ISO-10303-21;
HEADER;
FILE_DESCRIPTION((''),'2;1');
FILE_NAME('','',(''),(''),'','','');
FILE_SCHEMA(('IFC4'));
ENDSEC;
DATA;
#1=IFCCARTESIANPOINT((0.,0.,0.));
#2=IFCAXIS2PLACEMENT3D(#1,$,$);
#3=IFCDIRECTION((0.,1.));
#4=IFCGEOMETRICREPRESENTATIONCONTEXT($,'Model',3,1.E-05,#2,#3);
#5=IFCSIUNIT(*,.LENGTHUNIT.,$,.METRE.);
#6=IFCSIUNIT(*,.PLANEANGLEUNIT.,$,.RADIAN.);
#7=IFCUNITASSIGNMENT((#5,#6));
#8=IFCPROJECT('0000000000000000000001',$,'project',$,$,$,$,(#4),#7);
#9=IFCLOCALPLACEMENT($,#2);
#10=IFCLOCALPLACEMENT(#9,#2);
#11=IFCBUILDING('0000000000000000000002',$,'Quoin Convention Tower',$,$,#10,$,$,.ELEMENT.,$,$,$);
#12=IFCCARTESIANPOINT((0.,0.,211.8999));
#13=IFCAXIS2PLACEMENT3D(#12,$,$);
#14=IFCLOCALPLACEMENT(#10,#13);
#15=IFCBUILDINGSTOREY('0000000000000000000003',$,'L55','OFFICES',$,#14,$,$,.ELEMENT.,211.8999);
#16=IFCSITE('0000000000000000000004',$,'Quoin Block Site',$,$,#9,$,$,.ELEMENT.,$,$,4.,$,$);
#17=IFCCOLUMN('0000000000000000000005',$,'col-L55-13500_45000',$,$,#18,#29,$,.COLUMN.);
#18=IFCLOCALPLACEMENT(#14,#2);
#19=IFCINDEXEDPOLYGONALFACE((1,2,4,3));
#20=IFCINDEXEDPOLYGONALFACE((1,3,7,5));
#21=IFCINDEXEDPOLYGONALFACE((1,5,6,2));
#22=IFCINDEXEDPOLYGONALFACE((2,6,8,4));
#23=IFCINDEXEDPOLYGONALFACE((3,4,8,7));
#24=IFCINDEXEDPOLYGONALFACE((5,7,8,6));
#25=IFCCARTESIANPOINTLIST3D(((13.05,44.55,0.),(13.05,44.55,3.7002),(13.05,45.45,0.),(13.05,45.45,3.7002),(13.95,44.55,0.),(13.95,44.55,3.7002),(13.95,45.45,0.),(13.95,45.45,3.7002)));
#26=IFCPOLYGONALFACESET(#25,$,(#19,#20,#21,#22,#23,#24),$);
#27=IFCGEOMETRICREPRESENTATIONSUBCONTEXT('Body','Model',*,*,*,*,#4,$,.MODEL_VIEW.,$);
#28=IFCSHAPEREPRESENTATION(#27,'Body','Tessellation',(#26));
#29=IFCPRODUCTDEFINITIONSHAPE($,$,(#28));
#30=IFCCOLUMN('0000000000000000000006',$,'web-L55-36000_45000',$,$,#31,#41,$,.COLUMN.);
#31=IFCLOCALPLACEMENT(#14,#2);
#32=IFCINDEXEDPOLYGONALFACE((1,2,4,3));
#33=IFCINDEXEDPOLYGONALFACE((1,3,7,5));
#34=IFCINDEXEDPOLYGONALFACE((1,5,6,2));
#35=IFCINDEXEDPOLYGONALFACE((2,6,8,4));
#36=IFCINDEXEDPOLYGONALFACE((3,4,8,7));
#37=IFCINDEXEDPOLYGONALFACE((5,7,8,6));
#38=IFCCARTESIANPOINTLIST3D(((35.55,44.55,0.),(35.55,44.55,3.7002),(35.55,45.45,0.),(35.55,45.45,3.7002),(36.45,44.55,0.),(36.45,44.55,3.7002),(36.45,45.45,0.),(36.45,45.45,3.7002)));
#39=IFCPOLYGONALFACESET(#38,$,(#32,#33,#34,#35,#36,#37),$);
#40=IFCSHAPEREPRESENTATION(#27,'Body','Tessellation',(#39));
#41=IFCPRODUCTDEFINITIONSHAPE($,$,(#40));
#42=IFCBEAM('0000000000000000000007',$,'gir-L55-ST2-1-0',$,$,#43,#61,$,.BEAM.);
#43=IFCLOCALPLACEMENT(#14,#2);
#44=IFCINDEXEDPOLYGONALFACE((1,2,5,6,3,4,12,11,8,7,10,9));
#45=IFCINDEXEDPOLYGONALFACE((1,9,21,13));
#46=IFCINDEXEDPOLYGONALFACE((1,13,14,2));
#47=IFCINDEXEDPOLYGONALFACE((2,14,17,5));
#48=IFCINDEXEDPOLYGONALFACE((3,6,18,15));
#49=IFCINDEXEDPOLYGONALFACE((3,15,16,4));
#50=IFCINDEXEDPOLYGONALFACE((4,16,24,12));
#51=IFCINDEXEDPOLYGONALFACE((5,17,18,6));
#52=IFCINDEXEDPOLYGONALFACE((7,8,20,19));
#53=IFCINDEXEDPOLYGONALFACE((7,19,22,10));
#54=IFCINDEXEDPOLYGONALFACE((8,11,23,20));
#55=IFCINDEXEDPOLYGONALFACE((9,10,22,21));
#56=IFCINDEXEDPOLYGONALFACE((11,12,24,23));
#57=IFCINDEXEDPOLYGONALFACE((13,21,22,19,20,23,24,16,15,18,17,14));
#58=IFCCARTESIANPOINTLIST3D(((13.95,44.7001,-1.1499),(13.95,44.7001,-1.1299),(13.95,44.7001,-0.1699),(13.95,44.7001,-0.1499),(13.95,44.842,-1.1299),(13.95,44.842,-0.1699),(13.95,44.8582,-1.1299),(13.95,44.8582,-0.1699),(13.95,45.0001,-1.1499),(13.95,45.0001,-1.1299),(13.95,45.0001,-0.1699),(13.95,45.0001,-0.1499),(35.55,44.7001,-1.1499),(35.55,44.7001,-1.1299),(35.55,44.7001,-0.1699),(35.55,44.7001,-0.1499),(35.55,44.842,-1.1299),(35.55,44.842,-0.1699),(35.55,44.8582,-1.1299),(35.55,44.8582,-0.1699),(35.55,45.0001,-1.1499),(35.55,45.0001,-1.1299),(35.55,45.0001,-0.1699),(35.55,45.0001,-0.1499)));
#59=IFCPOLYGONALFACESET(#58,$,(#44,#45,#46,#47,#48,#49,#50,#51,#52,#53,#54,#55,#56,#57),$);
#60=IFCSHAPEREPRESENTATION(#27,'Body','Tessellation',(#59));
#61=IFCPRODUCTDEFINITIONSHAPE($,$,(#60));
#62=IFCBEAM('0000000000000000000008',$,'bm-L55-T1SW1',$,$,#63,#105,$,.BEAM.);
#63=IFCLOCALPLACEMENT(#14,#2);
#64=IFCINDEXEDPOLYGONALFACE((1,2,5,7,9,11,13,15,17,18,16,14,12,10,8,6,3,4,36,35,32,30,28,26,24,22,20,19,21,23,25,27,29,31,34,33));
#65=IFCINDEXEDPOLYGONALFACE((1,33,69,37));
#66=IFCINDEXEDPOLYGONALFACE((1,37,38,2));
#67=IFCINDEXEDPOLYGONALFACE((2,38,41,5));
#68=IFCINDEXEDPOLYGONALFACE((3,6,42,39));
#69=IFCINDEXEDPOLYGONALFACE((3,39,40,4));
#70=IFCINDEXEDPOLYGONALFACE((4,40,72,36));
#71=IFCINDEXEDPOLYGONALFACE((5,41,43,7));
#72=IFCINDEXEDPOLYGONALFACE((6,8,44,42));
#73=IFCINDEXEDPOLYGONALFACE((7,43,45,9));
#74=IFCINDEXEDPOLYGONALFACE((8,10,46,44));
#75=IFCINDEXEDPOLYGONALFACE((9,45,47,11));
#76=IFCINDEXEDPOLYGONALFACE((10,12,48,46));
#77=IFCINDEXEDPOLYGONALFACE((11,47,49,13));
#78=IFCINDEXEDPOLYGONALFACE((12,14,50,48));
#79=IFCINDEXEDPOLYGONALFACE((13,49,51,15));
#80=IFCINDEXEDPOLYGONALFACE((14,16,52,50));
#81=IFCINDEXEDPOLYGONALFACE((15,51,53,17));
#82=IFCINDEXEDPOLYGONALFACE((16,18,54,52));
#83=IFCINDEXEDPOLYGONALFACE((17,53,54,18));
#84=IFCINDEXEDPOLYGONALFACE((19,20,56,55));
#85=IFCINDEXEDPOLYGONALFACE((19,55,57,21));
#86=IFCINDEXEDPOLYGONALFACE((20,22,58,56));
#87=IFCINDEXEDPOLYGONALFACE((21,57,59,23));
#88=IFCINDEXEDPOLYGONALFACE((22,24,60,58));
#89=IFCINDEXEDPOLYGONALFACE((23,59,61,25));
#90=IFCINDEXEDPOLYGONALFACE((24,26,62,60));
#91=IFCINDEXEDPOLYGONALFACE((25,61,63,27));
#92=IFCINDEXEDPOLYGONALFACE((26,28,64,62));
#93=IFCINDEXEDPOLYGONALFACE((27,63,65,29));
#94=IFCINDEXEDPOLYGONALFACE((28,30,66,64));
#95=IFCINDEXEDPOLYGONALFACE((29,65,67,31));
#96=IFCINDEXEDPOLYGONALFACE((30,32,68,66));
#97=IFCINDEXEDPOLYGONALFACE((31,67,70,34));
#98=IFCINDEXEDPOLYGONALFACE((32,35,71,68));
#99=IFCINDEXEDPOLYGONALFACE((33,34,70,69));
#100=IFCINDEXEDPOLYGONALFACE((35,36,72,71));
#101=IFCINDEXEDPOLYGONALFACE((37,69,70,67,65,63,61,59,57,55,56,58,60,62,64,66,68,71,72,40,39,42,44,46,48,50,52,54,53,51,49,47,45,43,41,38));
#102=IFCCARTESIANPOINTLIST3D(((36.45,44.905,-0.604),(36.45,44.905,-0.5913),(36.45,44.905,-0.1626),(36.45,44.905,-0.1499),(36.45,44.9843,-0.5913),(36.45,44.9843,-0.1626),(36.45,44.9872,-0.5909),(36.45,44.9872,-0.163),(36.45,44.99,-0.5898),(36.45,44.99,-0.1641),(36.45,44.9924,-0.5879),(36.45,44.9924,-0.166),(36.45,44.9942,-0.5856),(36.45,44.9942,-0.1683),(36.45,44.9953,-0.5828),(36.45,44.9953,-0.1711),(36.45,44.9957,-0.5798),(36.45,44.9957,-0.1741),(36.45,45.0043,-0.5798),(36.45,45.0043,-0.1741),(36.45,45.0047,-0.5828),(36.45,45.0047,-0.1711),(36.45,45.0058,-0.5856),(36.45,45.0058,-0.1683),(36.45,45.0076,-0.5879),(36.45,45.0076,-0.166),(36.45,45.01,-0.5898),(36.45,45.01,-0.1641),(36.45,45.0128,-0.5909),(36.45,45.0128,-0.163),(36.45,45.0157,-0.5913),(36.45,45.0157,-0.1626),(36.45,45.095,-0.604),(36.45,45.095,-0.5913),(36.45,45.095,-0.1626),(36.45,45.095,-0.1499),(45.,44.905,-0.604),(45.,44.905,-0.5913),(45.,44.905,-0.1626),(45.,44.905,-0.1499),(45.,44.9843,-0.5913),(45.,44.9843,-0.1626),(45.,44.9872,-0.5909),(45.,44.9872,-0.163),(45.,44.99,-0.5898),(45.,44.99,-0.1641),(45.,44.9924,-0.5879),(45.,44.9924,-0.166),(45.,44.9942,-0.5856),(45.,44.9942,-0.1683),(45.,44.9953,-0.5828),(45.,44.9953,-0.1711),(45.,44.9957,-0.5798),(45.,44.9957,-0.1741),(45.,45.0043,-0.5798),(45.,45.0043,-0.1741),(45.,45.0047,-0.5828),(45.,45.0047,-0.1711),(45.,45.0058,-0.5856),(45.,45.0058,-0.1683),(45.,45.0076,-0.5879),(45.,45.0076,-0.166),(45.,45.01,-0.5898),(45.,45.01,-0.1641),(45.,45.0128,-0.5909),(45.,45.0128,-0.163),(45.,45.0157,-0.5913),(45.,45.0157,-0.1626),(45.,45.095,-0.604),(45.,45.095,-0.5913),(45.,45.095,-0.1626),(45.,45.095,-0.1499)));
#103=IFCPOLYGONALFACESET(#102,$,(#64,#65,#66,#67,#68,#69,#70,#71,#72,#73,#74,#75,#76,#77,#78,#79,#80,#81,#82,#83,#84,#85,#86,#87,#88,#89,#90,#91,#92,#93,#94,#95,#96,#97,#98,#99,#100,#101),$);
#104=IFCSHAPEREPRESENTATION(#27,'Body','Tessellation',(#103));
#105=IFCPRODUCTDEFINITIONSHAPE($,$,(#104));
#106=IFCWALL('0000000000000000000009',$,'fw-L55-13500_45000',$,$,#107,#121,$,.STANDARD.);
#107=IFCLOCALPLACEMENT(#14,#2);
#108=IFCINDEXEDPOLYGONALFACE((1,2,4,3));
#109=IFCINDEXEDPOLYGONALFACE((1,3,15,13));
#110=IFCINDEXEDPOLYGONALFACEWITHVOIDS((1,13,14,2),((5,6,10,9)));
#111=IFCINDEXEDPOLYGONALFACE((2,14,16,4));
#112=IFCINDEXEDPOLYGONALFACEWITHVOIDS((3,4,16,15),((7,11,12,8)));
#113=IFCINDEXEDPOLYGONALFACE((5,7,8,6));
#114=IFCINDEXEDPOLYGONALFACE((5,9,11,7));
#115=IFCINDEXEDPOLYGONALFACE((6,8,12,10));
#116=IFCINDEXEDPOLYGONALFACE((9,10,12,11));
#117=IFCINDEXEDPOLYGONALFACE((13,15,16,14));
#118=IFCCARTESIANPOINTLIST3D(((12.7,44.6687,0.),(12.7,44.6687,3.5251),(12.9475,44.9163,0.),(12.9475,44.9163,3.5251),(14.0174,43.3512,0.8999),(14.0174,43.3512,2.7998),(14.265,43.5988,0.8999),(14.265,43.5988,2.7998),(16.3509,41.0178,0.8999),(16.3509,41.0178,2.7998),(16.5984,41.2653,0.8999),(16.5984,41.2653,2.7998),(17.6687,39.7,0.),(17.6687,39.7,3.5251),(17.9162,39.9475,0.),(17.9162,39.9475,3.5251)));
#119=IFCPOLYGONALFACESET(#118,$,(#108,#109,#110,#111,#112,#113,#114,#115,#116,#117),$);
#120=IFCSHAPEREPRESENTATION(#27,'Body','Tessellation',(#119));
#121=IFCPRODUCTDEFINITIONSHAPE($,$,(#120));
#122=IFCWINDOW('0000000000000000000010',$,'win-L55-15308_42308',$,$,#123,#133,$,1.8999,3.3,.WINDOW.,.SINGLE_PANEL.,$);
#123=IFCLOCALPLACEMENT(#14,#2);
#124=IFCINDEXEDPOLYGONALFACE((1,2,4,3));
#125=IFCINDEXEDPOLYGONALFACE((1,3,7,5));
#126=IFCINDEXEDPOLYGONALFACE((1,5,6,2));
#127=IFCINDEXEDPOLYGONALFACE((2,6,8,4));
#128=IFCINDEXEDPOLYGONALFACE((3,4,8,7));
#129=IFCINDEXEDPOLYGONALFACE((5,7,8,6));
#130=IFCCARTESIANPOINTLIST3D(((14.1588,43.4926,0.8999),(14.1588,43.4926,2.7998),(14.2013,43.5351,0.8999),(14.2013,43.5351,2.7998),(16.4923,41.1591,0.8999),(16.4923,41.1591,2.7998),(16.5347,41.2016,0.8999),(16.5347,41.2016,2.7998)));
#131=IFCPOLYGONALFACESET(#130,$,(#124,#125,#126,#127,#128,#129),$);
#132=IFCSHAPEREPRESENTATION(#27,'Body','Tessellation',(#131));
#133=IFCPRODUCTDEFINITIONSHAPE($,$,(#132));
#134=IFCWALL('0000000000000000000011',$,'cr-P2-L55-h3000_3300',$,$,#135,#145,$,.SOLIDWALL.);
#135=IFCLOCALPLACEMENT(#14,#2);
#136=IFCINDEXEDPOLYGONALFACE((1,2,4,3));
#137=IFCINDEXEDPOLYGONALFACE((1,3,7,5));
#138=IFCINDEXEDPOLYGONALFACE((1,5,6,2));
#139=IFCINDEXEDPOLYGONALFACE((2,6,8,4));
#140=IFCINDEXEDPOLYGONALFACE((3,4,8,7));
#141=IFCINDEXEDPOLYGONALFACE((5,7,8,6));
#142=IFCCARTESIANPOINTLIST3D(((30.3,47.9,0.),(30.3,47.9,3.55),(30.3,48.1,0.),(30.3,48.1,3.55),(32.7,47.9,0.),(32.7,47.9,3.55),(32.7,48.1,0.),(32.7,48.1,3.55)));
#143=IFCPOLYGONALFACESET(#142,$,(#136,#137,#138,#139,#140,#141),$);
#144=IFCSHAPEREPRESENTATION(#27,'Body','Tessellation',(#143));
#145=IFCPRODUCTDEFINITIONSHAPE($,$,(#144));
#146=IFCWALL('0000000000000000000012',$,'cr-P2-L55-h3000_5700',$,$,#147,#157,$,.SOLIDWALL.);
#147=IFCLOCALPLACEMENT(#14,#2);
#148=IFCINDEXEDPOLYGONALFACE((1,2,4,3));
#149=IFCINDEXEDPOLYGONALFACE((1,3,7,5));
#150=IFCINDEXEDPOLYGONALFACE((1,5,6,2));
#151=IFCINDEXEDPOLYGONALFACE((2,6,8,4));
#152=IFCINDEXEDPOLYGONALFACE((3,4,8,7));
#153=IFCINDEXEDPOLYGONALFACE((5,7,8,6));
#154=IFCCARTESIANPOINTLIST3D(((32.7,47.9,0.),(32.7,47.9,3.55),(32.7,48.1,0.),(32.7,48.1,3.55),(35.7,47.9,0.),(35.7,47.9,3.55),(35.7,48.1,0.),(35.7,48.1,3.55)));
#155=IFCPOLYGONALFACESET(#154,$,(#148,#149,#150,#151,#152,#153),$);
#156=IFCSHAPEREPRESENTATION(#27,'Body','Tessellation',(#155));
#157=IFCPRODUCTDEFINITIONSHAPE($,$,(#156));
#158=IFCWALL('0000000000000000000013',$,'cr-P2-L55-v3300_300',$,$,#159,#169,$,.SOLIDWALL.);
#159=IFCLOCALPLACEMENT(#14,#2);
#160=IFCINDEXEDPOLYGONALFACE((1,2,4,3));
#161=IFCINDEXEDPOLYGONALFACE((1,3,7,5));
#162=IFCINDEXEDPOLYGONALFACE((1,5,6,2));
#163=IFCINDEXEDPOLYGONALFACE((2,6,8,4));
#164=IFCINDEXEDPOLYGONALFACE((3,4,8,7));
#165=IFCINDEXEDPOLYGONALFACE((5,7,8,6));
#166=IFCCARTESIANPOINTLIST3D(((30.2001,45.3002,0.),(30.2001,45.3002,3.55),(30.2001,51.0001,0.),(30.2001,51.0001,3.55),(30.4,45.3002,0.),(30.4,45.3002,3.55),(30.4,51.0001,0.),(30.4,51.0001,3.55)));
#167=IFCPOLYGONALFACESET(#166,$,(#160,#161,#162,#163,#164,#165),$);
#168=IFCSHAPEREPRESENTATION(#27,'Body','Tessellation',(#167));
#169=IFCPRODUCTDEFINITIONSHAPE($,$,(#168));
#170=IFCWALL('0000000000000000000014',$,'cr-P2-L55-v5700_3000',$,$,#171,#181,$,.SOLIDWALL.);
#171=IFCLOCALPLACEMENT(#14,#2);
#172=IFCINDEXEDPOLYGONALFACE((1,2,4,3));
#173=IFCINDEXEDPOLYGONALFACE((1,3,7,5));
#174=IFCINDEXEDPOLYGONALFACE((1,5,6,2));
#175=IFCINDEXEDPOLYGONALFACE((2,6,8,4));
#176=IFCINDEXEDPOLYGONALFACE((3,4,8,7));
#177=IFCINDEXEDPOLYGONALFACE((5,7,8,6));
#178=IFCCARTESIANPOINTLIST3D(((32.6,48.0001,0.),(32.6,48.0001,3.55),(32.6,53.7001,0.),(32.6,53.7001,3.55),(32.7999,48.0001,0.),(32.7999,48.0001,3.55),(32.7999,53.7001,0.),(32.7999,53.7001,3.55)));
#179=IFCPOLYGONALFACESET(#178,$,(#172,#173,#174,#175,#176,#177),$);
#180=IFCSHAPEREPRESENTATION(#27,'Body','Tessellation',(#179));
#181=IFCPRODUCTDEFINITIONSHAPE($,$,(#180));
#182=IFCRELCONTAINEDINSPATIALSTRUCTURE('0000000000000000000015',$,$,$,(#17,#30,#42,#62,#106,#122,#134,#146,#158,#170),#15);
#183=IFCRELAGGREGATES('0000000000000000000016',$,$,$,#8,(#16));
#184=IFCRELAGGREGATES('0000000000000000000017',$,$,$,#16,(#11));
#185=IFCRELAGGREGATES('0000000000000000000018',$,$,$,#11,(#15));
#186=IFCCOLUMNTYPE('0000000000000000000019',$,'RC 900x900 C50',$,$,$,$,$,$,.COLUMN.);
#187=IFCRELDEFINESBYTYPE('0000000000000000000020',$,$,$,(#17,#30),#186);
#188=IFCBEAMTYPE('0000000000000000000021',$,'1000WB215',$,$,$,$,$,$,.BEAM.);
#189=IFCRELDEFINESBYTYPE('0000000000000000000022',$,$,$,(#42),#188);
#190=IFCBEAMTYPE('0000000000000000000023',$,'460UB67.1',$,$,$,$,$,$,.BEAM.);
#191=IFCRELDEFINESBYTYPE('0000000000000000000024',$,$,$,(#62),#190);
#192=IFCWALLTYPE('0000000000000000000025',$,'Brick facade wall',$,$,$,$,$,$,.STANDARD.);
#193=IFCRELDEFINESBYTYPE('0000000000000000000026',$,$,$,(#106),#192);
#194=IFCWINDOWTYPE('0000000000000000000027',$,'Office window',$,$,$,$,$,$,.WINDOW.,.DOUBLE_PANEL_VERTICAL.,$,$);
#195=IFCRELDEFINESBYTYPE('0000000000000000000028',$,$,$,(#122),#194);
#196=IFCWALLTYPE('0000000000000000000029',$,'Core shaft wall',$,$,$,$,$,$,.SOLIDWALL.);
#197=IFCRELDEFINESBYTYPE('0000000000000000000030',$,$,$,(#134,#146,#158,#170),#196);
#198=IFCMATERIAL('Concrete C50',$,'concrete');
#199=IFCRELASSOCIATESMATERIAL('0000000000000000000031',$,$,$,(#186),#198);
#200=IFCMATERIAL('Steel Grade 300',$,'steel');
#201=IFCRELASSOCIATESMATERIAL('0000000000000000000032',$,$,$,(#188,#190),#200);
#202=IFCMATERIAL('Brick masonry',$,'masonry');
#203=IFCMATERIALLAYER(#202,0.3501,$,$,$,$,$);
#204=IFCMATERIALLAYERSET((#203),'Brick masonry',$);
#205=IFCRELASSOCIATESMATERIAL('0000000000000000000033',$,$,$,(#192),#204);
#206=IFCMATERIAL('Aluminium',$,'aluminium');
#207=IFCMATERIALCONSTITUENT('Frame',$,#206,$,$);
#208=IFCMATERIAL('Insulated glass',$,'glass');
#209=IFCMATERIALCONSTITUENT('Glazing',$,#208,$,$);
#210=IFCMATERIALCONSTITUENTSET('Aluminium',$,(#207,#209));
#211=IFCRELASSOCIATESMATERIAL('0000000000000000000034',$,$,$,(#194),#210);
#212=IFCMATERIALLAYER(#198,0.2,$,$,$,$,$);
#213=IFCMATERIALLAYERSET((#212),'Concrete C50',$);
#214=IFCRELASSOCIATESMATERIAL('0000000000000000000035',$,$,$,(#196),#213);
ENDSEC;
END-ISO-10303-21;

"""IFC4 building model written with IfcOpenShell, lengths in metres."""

from ifc_helpers import new_model, si_unit, direction, frame, frame_2d, origin, origin_2d, place, context, subcontext, project, spatial, rectangle, i_section, extrude, material, layer, layer_set, constituent, constituent_set, material_profile, profile_set, type_object, element, fill, save


model = new_model("IFC4")

# Units and contexts
model_context = context("Model", 3, precision=1e-05, world=origin(), true_north=direction((0.0, 1.0)))
body_context = subcontext(model_context, "Body", "Model", "MODEL_VIEW")
ifc_project = project(units=[si_unit("LENGTHUNIT", "METRE"), si_unit("PLANEANGLEUNIT", "RADIAN")], contexts=[model_context])

# Site, building, storey
site_placement = place(None, origin())
site = spatial("IfcSite", under=ifc_project, at=site_placement, Name="Quoin Block Site", CompositionType="ELEMENT", RefElevation=4.0)
building_placement = place(site_placement, origin())
building = spatial("IfcBuilding", under=site, at=building_placement, Name="Quoin Convention Tower", CompositionType="ELEMENT")
storey_placement = place(building_placement, frame((0.0, 0.0, 211.8999)))
storey = spatial("IfcBuildingStorey", under=building, at=storey_placement, Name="L55", Description="OFFICES", CompositionType="ELEMENT", Elevation=211.8999)

# Columns
ifc_material_1 = material(Name="Concrete C50", Category="concrete")
ifc_material_profile_1 = material_profile(ifc_material_1, rectangle(XDim=0.8999, YDim=0.8999, at=origin_2d()), Name="RC 900x900")
ifc_profile_set_1 = profile_set([ifc_material_profile_1], Name="Concrete C50")
column_type = type_object("IfcColumnType", Name="RC 900x900 C50", PredefinedType="COLUMN", material=ifc_profile_set_1)
for number, where, z_axis, x_axis, name in (
    (1, (13.5, 45.0, 0.0), (0.0, 0.0, 1.0), (1.0, 0.0, 0.0), "col-L55-13500_45000"),
    (2, (36.0, 45.0, 0.0), (0.0, 0.0, 1.0), (1.0, 0.0, 0.0), "web-L55-36000_45000"),
):
    element("IfcColumn", number, at=place(storey_placement, frame(where, z_axis=z_axis, x_axis=x_axis)), inside=storey, type_object=column_type, Name=name, PredefinedType="COLUMN", context=body_context, shape_type="SweptSolid", body=[
        extrude(rectangle(XDim=0.8999, YDim=0.8999, at=origin_2d()), origin(), (0.0, 0.0, 1.0), 3.7002),
    ])

# Beams
ifc_material_2 = material(Name="Steel Grade 300", Category="steel")
ifc_material_profile_2 = material_profile(ifc_material_2, i_section(OverallWidth=0.3, OverallDepth=1.0, WebThickness=0.0161, FlangeThickness=0.02, at=origin_2d()), Name="1000WB215")
ifc_profile_set_2 = profile_set([ifc_material_profile_2], Name="Steel Grade 300")
beam_type_1 = type_object("IfcBeamType", Name="1000WB215", PredefinedType="BEAM", material=ifc_profile_set_2)
beam_1_placement = place(storey_placement, frame((13.95, 44.8501, -0.6499), z_axis=(1.0, 0.0, 0.0), x_axis=(0.0, 1.0, 0.0)))
element("IfcBeam", 3, at=beam_1_placement, inside=storey, type_object=beam_type_1, Name="gir-L55-ST2-1-0", PredefinedType="BEAM", context=body_context, shape_type="SweptSolid", body=[
    extrude(i_section(OverallWidth=0.3, OverallDepth=1.0, WebThickness=0.0161, FlangeThickness=0.02, at=origin_2d()), origin(), (0.0, 0.0, 1.0), 21.6001),
])
ifc_material_profile_3 = material_profile(ifc_material_2, i_section(OverallWidth=0.1899, OverallDepth=0.4541, WebThickness=0.0085, FlangeThickness=0.0127, FilletRadius=0.0115, at=origin_2d()), Name="460UB67.1")
ifc_profile_set_3 = profile_set([ifc_material_profile_3], Name="Steel Grade 300")
beam_type_2 = type_object("IfcBeamType", Name="460UB67.1", PredefinedType="BEAM", material=ifc_profile_set_3)
beam_2_placement = place(storey_placement, frame((36.45, 45.0, -0.377), z_axis=(1.0, 0.0, 0.0), x_axis=(0.0, 1.0, 0.0)))
element("IfcBeam", 4, at=beam_2_placement, inside=storey, type_object=beam_type_2, Name="bm-L55-T1SW1", PredefinedType="BEAM", context=body_context, shape_type="SweptSolid", body=[
    extrude(i_section(OverallWidth=0.1899, OverallDepth=0.4541, WebThickness=0.0085, FlangeThickness=0.0127, FilletRadius=0.0115, at=origin_2d()), origin(), (0.0, 0.0, 1.0), 8.55),
])

# Wall, opening, window
ifc_material_3 = material(Name="Brick masonry", Category="masonry")
ifc_layer_1 = layer(ifc_material_3, 0.3501)
ifc_layer_set_1 = layer_set([ifc_layer_1], Name="Brick masonry")
wall_type_1 = type_object("IfcWallType", Name="Brick facade wall", PredefinedType="STANDARD", material=ifc_layer_set_1)
wall_1_placement = place(storey_placement, frame((12.8237, 44.7925, 0.0), z_axis=(0.0, 0.0, 1.0), x_axis=(0.707107, -0.707107, 0.0)))
wall_1 = element("IfcWall", 5, at=wall_1_placement, inside=storey, type_object=wall_type_1, Name="fw-L55-13500_45000", PredefinedType="STANDARD", context=body_context, shape_type="SweptSolid", body=[
    extrude(rectangle(XDim=7.0269, YDim=0.3501, at=frame_2d((3.5134, 0.0))), origin(), (0.0, 0.0, 1.0), 3.5251),
])
opening_1_placement = place(wall_1_placement, frame((1.8633, 0.0, 0.8999)))
opening_1 = element("IfcOpeningElement", 6, at=opening_1_placement, cuts=wall_1, PredefinedType="OPENING", context=body_context, shape_type="SweptSolid", body=[
    extrude(rectangle(XDim=3.3, YDim=1.8999, at=frame_2d((1.6499, 0.95))), frame((0.0, 0.1851, 0.0), z_axis=(0.0, -1.0, 0.0), x_axis=(1.0, 0.0, 0.0)), (0.0, 0.0, 1.0), 0.3701),
])
ifc_material_4 = material(Name="Aluminium", Category="aluminium")
ifc_constituent_1 = constituent(ifc_material_4, Name="Frame")
ifc_material_5 = material(Name="Insulated glass", Category="glass")
ifc_constituent_2 = constituent(ifc_material_5, Name="Glazing")
ifc_constituent_set = constituent_set(constituents=[ifc_constituent_1, ifc_constituent_2], Name="Aluminium")
window_type = type_object("IfcWindowType", Name="Office window", PartitioningType="DOUBLE_PANEL_VERTICAL", PredefinedType="WINDOW", material=ifc_constituent_set)
window_placement = place(opening_1_placement, origin())
window = element("IfcWindow", 7, at=window_placement, inside=storey, type_object=window_type, Name="win-L55-15308_42308", OverallHeight=1.8999, OverallWidth=3.3, PartitioningType="SINGLE_PANEL", PredefinedType="WINDOW", context=body_context, shape_type="SweptSolid", body=[
    extrude(rectangle(XDim=3.3, YDim=1.8999, at=frame_2d((1.6499, 0.95))), frame((0.0, 0.085, 0.0), z_axis=(0.0, -1.0, 0.0), x_axis=(1.0, 0.0, 0.0)), (0.0, 0.0, 1.0), 0.0601),
])
fill(opening_1, window)

# Walls
ifc_layer_2 = layer(ifc_material_1, 0.2)
ifc_layer_set_2 = layer_set([ifc_layer_2], Name="Concrete C50")
wall_type_2 = type_object("IfcWallType", Name="Core shaft wall", PredefinedType="SOLIDWALL", material=ifc_layer_set_2)
wall_2_placement = place(storey_placement, frame((30.3, 48.0, 0.0), z_axis=(0.0, 0.0, 1.0), x_axis=(1.0, 0.0, 0.0)))
element("IfcWall", 8, at=wall_2_placement, inside=storey, type_object=wall_type_2, Name="cr-P2-L55-h3000_3300", PredefinedType="SOLIDWALL", context=body_context, shape_type="SweptSolid", body=[
    extrude(rectangle(XDim=2.3999, YDim=0.2, at=frame_2d((1.2, 0.0))), origin(), (0.0, 0.0, 1.0), 3.55),
])
wall_3_placement = place(storey_placement, frame((32.7, 48.0, 0.0), z_axis=(0.0, 0.0, 1.0), x_axis=(1.0, 0.0, 0.0)))
element("IfcWall", 9, at=wall_3_placement, inside=storey, type_object=wall_type_2, Name="cr-P2-L55-h3000_5700", PredefinedType="SOLIDWALL", context=body_context, shape_type="SweptSolid", body=[
    extrude(rectangle(XDim=3.0, YDim=0.2, at=frame_2d((1.5, 0.0))), origin(), (0.0, 0.0, 1.0), 3.55),
])
for number, where, z_axis, x_axis, name in (
    (10, (30.3, 45.3, 0.0), (0.0, 0.0, 1.0), (0.0, 1.0, 0.0), "cr-P2-L55-v3300_300"),
    (11, (32.7, 48.0, 0.0), (0.0, 0.0, 1.0), (0.0, 1.0, 0.0), "cr-P2-L55-v5700_3000"),
):
    element("IfcWall", number, at=place(storey_placement, frame(where, z_axis=z_axis, x_axis=x_axis)), inside=storey, type_object=wall_type_2, Name=name, PredefinedType="SOLIDWALL", context=body_context, shape_type="SweptSolid", body=[
        extrude(rectangle(XDim=5.7, YDim=0.2, at=frame_2d((2.8501, 0.0))), origin(), (0.0, 0.0, 1.0), 3.55),
    ])

save(model, "model.ifc")
